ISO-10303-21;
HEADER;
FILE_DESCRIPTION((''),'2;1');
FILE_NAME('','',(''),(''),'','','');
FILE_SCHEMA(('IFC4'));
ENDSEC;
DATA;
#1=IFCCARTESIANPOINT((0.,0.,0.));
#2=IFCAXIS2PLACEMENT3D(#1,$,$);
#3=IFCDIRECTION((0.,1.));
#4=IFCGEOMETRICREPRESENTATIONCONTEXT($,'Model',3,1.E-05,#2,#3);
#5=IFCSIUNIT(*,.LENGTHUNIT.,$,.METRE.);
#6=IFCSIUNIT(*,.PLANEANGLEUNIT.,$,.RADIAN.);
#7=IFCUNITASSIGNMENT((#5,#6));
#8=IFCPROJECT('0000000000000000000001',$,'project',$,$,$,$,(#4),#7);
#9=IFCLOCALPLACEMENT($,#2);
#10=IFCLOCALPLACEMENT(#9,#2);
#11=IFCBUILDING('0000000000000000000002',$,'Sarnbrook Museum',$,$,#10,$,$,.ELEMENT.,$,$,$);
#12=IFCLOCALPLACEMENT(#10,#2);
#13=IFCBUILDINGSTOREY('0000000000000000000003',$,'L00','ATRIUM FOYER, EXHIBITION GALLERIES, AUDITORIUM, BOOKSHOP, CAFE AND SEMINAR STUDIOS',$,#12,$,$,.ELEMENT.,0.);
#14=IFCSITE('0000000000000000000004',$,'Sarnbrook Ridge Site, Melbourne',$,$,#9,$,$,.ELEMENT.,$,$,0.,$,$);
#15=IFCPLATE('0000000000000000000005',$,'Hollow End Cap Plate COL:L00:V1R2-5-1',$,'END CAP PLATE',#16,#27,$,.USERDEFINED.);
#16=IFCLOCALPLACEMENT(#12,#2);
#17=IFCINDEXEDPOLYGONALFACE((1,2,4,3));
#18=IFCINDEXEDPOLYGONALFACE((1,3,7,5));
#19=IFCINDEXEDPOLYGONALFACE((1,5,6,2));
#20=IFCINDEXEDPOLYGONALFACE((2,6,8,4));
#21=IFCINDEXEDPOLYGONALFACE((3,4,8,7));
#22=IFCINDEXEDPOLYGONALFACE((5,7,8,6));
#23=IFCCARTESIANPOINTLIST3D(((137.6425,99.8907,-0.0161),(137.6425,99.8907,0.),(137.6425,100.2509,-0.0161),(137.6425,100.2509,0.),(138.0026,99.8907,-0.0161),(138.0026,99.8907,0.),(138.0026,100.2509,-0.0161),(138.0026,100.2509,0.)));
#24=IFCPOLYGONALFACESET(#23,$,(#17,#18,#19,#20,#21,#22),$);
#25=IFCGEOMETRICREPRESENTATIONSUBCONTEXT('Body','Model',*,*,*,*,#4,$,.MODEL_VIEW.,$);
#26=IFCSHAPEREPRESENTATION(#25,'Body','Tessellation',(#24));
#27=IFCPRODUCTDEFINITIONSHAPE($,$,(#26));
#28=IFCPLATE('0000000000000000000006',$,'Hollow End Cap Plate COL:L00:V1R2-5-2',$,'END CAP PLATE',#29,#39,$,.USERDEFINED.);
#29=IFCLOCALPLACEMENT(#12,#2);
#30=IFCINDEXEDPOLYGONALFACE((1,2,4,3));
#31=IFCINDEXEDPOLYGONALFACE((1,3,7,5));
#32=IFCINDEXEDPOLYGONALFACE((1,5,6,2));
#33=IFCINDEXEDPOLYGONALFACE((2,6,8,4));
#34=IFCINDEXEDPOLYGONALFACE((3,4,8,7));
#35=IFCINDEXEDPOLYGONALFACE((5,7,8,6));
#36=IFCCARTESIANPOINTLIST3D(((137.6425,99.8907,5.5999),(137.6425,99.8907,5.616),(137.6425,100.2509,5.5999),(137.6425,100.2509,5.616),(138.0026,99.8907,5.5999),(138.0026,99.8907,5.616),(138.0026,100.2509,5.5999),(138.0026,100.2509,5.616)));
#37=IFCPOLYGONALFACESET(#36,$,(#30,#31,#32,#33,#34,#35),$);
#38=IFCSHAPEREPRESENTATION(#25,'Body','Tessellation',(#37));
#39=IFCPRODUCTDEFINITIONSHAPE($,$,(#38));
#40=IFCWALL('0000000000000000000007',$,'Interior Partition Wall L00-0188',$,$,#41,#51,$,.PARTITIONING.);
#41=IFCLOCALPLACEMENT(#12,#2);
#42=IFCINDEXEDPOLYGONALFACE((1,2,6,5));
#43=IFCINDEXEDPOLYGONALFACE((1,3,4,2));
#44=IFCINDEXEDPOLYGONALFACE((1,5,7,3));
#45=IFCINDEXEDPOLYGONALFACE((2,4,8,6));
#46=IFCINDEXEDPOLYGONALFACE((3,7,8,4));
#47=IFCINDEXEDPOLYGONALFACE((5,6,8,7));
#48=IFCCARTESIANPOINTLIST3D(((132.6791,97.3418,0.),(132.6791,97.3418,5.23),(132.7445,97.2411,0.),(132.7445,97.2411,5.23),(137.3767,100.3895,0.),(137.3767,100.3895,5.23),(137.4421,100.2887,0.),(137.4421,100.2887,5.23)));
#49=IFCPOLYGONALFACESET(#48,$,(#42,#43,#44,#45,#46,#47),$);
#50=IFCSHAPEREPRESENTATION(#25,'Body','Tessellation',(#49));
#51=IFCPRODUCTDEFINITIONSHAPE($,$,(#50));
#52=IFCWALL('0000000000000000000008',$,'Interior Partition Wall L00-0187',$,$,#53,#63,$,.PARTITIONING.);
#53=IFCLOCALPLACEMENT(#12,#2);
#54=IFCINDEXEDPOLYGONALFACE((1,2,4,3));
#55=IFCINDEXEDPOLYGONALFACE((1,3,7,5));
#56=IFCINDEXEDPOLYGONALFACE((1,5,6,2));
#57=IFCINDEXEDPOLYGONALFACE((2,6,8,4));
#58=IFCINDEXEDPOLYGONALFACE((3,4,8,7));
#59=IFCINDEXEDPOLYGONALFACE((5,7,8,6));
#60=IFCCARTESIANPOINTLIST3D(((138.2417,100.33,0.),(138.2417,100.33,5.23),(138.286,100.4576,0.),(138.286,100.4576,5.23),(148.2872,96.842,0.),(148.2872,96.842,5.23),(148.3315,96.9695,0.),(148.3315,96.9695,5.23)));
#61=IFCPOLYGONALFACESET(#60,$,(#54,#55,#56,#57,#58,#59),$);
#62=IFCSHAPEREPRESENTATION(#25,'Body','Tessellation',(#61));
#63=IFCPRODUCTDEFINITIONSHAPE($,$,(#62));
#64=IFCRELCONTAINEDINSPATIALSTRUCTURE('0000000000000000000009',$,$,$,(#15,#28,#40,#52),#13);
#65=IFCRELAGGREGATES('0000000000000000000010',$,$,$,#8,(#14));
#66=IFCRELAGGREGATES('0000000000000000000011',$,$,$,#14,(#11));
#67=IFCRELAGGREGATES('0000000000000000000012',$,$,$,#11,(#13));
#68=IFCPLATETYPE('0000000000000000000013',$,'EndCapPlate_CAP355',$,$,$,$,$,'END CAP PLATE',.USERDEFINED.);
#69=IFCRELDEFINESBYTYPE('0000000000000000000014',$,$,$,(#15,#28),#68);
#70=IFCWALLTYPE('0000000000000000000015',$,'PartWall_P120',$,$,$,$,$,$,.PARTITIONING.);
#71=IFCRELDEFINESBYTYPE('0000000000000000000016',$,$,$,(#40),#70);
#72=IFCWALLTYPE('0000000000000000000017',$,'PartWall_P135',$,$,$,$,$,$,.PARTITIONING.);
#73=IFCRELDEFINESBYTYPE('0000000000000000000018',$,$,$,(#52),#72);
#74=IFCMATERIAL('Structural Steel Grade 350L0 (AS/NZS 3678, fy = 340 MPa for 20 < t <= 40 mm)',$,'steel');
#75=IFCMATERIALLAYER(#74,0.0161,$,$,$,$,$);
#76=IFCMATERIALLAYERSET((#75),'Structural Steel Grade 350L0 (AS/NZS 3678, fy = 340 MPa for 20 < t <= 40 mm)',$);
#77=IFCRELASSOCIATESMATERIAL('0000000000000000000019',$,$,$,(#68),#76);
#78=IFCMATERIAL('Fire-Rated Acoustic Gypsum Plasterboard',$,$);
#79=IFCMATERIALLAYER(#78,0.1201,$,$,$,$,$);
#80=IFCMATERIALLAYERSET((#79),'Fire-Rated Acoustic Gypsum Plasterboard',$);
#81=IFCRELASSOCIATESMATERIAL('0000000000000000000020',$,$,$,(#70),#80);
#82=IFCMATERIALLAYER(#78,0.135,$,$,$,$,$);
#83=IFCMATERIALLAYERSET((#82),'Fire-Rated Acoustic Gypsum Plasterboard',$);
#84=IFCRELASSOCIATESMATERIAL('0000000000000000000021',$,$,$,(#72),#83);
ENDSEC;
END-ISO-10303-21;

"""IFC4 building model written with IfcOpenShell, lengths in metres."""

from ifc_helpers import new_model, si_unit, direction, frame, frame_2d, origin, origin_2d, place, context, subcontext, project, spatial, rectangle, extrude, material, layer, layer_set, type_object, element, save


model = new_model("IFC4")

# Units and contexts
model_context = context("Model", 3, precision=1e-05, world=origin(), true_north=direction((0.0, 1.0)))
body_context = subcontext(model_context, "Body", "Model", "MODEL_VIEW")
ifc_project = project(units=[si_unit("LENGTHUNIT", "METRE"), si_unit("PLANEANGLEUNIT", "RADIAN")], contexts=[model_context])

# Site, building, storey
site_placement = place(None, origin())
site = spatial("IfcSite", under=ifc_project, at=site_placement, Name="Sarnbrook Ridge Site, Melbourne", CompositionType="ELEMENT", RefElevation=0.0)
building_placement = place(site_placement, origin())
building = spatial("IfcBuilding", under=site, at=building_placement, Name="Sarnbrook Museum", CompositionType="ELEMENT")
storey_placement = place(building_placement, origin())
storey = spatial("IfcBuildingStorey", under=building, at=storey_placement, Name="L00", Description="ATRIUM FOYER, EXHIBITION GALLERIES, AUDITORIUM, BOOKSHOP, CAFE AND SEMINAR STUDIOS", CompositionType="ELEMENT", Elevation=0.0)

# Shared definitions
ifc_material_1 = material(Name="Structural Steel Grade 350L0 (AS/NZS 3678, fy = 340 MPa for 20 < t <= 40 mm)", Category="steel")

# Plates
ifc_layer_1 = layer(ifc_material_1, 0.0161)
ifc_layer_set_1 = layer_set([ifc_layer_1], Name="Structural Steel Grade 350L0 (AS/NZS 3678, fy = 340 MPa for 20 < t <= 40 mm)")
plate_type_1 = type_object("IfcPlateType", Name="EndCapPlate_CAP355", ElementType="END CAP PLATE", PredefinedType="USERDEFINED", material=ifc_layer_set_1)
for number, where, z_axis, x_axis, name in (
    (1, (137.8225, 100.0708, -0.0161), (0.0, 0.0, 1.0), (1.0, 0.0, 0.0), "Hollow End Cap Plate COL:L00:V1R2-5-1"),
    (2, (137.8225, 100.0708, 5.5999), (0.0, 0.0, 1.0), (1.0, 0.0, 0.0), "Hollow End Cap Plate COL:L00:V1R2-5-2"),
):
    element("IfcPlate", number, at=place(storey_placement, frame(where, z_axis=z_axis, x_axis=x_axis)), inside=storey, type_object=plate_type_1, Name=name, ObjectType="END CAP PLATE", PredefinedType="USERDEFINED", context=body_context, shape_type="SweptSolid", body=[
        extrude(rectangle(XDim=0.3601, YDim=0.3601, at=origin_2d()), origin(), (0.0, 0.0, 1.0), 0.0161),
    ])

# Walls
ifc_material_2 = material(Name="Fire-Rated Acoustic Gypsum Plasterboard")
ifc_layer_2 = layer(ifc_material_2, 0.1201)
ifc_layer_set_2 = layer_set([ifc_layer_2], Name="Fire-Rated Acoustic Gypsum Plasterboard")
wall_type_1 = type_object("IfcWallType", Name="PartWall_P120", PredefinedType="PARTITIONING", material=ifc_layer_set_2)
wall_1_placement = place(storey_placement, frame((137.4094, 100.3391, 0.0), z_axis=(0.0, 0.0, 1.0), x_axis=(-0.838914, -0.544263, 0.0)))
element("IfcWall", 3, at=wall_1_placement, inside=storey, type_object=wall_type_1, Name="Interior Partition Wall L00-0188", PredefinedType="PARTITIONING", context=body_context, shape_type="SweptSolid", body=[
    extrude(rectangle(XDim=5.5996, YDim=0.1201, at=frame_2d((2.7998, 0.0))), origin(), (0.0, 0.0, 1.0), 5.23),
])
ifc_layer_3 = layer(ifc_material_2, 0.135)
ifc_layer_set_3 = layer_set([ifc_layer_3], Name="Fire-Rated Acoustic Gypsum Plasterboard")
wall_type_2 = type_object("IfcWallType", Name="PartWall_P135", PredefinedType="PARTITIONING", material=ifc_layer_set_3)
wall_2_placement = place(storey_placement, frame((148.3093, 96.9058, 0.0), z_axis=(0.0, 0.0, 1.0), x_axis=(-0.944672, 0.328016, 0.0)))
element("IfcWall", 4, at=wall_2_placement, inside=storey, type_object=wall_type_2, Name="Interior Partition Wall L00-0187", PredefinedType="PARTITIONING", context=body_context, shape_type="SweptSolid", body=[
    extrude(rectangle(XDim=10.6338, YDim=0.135, at=frame_2d((5.3169, 0.0))), origin(), (0.0, 0.0, 1.0), 5.23),
])

save(model, "model.ifc")
